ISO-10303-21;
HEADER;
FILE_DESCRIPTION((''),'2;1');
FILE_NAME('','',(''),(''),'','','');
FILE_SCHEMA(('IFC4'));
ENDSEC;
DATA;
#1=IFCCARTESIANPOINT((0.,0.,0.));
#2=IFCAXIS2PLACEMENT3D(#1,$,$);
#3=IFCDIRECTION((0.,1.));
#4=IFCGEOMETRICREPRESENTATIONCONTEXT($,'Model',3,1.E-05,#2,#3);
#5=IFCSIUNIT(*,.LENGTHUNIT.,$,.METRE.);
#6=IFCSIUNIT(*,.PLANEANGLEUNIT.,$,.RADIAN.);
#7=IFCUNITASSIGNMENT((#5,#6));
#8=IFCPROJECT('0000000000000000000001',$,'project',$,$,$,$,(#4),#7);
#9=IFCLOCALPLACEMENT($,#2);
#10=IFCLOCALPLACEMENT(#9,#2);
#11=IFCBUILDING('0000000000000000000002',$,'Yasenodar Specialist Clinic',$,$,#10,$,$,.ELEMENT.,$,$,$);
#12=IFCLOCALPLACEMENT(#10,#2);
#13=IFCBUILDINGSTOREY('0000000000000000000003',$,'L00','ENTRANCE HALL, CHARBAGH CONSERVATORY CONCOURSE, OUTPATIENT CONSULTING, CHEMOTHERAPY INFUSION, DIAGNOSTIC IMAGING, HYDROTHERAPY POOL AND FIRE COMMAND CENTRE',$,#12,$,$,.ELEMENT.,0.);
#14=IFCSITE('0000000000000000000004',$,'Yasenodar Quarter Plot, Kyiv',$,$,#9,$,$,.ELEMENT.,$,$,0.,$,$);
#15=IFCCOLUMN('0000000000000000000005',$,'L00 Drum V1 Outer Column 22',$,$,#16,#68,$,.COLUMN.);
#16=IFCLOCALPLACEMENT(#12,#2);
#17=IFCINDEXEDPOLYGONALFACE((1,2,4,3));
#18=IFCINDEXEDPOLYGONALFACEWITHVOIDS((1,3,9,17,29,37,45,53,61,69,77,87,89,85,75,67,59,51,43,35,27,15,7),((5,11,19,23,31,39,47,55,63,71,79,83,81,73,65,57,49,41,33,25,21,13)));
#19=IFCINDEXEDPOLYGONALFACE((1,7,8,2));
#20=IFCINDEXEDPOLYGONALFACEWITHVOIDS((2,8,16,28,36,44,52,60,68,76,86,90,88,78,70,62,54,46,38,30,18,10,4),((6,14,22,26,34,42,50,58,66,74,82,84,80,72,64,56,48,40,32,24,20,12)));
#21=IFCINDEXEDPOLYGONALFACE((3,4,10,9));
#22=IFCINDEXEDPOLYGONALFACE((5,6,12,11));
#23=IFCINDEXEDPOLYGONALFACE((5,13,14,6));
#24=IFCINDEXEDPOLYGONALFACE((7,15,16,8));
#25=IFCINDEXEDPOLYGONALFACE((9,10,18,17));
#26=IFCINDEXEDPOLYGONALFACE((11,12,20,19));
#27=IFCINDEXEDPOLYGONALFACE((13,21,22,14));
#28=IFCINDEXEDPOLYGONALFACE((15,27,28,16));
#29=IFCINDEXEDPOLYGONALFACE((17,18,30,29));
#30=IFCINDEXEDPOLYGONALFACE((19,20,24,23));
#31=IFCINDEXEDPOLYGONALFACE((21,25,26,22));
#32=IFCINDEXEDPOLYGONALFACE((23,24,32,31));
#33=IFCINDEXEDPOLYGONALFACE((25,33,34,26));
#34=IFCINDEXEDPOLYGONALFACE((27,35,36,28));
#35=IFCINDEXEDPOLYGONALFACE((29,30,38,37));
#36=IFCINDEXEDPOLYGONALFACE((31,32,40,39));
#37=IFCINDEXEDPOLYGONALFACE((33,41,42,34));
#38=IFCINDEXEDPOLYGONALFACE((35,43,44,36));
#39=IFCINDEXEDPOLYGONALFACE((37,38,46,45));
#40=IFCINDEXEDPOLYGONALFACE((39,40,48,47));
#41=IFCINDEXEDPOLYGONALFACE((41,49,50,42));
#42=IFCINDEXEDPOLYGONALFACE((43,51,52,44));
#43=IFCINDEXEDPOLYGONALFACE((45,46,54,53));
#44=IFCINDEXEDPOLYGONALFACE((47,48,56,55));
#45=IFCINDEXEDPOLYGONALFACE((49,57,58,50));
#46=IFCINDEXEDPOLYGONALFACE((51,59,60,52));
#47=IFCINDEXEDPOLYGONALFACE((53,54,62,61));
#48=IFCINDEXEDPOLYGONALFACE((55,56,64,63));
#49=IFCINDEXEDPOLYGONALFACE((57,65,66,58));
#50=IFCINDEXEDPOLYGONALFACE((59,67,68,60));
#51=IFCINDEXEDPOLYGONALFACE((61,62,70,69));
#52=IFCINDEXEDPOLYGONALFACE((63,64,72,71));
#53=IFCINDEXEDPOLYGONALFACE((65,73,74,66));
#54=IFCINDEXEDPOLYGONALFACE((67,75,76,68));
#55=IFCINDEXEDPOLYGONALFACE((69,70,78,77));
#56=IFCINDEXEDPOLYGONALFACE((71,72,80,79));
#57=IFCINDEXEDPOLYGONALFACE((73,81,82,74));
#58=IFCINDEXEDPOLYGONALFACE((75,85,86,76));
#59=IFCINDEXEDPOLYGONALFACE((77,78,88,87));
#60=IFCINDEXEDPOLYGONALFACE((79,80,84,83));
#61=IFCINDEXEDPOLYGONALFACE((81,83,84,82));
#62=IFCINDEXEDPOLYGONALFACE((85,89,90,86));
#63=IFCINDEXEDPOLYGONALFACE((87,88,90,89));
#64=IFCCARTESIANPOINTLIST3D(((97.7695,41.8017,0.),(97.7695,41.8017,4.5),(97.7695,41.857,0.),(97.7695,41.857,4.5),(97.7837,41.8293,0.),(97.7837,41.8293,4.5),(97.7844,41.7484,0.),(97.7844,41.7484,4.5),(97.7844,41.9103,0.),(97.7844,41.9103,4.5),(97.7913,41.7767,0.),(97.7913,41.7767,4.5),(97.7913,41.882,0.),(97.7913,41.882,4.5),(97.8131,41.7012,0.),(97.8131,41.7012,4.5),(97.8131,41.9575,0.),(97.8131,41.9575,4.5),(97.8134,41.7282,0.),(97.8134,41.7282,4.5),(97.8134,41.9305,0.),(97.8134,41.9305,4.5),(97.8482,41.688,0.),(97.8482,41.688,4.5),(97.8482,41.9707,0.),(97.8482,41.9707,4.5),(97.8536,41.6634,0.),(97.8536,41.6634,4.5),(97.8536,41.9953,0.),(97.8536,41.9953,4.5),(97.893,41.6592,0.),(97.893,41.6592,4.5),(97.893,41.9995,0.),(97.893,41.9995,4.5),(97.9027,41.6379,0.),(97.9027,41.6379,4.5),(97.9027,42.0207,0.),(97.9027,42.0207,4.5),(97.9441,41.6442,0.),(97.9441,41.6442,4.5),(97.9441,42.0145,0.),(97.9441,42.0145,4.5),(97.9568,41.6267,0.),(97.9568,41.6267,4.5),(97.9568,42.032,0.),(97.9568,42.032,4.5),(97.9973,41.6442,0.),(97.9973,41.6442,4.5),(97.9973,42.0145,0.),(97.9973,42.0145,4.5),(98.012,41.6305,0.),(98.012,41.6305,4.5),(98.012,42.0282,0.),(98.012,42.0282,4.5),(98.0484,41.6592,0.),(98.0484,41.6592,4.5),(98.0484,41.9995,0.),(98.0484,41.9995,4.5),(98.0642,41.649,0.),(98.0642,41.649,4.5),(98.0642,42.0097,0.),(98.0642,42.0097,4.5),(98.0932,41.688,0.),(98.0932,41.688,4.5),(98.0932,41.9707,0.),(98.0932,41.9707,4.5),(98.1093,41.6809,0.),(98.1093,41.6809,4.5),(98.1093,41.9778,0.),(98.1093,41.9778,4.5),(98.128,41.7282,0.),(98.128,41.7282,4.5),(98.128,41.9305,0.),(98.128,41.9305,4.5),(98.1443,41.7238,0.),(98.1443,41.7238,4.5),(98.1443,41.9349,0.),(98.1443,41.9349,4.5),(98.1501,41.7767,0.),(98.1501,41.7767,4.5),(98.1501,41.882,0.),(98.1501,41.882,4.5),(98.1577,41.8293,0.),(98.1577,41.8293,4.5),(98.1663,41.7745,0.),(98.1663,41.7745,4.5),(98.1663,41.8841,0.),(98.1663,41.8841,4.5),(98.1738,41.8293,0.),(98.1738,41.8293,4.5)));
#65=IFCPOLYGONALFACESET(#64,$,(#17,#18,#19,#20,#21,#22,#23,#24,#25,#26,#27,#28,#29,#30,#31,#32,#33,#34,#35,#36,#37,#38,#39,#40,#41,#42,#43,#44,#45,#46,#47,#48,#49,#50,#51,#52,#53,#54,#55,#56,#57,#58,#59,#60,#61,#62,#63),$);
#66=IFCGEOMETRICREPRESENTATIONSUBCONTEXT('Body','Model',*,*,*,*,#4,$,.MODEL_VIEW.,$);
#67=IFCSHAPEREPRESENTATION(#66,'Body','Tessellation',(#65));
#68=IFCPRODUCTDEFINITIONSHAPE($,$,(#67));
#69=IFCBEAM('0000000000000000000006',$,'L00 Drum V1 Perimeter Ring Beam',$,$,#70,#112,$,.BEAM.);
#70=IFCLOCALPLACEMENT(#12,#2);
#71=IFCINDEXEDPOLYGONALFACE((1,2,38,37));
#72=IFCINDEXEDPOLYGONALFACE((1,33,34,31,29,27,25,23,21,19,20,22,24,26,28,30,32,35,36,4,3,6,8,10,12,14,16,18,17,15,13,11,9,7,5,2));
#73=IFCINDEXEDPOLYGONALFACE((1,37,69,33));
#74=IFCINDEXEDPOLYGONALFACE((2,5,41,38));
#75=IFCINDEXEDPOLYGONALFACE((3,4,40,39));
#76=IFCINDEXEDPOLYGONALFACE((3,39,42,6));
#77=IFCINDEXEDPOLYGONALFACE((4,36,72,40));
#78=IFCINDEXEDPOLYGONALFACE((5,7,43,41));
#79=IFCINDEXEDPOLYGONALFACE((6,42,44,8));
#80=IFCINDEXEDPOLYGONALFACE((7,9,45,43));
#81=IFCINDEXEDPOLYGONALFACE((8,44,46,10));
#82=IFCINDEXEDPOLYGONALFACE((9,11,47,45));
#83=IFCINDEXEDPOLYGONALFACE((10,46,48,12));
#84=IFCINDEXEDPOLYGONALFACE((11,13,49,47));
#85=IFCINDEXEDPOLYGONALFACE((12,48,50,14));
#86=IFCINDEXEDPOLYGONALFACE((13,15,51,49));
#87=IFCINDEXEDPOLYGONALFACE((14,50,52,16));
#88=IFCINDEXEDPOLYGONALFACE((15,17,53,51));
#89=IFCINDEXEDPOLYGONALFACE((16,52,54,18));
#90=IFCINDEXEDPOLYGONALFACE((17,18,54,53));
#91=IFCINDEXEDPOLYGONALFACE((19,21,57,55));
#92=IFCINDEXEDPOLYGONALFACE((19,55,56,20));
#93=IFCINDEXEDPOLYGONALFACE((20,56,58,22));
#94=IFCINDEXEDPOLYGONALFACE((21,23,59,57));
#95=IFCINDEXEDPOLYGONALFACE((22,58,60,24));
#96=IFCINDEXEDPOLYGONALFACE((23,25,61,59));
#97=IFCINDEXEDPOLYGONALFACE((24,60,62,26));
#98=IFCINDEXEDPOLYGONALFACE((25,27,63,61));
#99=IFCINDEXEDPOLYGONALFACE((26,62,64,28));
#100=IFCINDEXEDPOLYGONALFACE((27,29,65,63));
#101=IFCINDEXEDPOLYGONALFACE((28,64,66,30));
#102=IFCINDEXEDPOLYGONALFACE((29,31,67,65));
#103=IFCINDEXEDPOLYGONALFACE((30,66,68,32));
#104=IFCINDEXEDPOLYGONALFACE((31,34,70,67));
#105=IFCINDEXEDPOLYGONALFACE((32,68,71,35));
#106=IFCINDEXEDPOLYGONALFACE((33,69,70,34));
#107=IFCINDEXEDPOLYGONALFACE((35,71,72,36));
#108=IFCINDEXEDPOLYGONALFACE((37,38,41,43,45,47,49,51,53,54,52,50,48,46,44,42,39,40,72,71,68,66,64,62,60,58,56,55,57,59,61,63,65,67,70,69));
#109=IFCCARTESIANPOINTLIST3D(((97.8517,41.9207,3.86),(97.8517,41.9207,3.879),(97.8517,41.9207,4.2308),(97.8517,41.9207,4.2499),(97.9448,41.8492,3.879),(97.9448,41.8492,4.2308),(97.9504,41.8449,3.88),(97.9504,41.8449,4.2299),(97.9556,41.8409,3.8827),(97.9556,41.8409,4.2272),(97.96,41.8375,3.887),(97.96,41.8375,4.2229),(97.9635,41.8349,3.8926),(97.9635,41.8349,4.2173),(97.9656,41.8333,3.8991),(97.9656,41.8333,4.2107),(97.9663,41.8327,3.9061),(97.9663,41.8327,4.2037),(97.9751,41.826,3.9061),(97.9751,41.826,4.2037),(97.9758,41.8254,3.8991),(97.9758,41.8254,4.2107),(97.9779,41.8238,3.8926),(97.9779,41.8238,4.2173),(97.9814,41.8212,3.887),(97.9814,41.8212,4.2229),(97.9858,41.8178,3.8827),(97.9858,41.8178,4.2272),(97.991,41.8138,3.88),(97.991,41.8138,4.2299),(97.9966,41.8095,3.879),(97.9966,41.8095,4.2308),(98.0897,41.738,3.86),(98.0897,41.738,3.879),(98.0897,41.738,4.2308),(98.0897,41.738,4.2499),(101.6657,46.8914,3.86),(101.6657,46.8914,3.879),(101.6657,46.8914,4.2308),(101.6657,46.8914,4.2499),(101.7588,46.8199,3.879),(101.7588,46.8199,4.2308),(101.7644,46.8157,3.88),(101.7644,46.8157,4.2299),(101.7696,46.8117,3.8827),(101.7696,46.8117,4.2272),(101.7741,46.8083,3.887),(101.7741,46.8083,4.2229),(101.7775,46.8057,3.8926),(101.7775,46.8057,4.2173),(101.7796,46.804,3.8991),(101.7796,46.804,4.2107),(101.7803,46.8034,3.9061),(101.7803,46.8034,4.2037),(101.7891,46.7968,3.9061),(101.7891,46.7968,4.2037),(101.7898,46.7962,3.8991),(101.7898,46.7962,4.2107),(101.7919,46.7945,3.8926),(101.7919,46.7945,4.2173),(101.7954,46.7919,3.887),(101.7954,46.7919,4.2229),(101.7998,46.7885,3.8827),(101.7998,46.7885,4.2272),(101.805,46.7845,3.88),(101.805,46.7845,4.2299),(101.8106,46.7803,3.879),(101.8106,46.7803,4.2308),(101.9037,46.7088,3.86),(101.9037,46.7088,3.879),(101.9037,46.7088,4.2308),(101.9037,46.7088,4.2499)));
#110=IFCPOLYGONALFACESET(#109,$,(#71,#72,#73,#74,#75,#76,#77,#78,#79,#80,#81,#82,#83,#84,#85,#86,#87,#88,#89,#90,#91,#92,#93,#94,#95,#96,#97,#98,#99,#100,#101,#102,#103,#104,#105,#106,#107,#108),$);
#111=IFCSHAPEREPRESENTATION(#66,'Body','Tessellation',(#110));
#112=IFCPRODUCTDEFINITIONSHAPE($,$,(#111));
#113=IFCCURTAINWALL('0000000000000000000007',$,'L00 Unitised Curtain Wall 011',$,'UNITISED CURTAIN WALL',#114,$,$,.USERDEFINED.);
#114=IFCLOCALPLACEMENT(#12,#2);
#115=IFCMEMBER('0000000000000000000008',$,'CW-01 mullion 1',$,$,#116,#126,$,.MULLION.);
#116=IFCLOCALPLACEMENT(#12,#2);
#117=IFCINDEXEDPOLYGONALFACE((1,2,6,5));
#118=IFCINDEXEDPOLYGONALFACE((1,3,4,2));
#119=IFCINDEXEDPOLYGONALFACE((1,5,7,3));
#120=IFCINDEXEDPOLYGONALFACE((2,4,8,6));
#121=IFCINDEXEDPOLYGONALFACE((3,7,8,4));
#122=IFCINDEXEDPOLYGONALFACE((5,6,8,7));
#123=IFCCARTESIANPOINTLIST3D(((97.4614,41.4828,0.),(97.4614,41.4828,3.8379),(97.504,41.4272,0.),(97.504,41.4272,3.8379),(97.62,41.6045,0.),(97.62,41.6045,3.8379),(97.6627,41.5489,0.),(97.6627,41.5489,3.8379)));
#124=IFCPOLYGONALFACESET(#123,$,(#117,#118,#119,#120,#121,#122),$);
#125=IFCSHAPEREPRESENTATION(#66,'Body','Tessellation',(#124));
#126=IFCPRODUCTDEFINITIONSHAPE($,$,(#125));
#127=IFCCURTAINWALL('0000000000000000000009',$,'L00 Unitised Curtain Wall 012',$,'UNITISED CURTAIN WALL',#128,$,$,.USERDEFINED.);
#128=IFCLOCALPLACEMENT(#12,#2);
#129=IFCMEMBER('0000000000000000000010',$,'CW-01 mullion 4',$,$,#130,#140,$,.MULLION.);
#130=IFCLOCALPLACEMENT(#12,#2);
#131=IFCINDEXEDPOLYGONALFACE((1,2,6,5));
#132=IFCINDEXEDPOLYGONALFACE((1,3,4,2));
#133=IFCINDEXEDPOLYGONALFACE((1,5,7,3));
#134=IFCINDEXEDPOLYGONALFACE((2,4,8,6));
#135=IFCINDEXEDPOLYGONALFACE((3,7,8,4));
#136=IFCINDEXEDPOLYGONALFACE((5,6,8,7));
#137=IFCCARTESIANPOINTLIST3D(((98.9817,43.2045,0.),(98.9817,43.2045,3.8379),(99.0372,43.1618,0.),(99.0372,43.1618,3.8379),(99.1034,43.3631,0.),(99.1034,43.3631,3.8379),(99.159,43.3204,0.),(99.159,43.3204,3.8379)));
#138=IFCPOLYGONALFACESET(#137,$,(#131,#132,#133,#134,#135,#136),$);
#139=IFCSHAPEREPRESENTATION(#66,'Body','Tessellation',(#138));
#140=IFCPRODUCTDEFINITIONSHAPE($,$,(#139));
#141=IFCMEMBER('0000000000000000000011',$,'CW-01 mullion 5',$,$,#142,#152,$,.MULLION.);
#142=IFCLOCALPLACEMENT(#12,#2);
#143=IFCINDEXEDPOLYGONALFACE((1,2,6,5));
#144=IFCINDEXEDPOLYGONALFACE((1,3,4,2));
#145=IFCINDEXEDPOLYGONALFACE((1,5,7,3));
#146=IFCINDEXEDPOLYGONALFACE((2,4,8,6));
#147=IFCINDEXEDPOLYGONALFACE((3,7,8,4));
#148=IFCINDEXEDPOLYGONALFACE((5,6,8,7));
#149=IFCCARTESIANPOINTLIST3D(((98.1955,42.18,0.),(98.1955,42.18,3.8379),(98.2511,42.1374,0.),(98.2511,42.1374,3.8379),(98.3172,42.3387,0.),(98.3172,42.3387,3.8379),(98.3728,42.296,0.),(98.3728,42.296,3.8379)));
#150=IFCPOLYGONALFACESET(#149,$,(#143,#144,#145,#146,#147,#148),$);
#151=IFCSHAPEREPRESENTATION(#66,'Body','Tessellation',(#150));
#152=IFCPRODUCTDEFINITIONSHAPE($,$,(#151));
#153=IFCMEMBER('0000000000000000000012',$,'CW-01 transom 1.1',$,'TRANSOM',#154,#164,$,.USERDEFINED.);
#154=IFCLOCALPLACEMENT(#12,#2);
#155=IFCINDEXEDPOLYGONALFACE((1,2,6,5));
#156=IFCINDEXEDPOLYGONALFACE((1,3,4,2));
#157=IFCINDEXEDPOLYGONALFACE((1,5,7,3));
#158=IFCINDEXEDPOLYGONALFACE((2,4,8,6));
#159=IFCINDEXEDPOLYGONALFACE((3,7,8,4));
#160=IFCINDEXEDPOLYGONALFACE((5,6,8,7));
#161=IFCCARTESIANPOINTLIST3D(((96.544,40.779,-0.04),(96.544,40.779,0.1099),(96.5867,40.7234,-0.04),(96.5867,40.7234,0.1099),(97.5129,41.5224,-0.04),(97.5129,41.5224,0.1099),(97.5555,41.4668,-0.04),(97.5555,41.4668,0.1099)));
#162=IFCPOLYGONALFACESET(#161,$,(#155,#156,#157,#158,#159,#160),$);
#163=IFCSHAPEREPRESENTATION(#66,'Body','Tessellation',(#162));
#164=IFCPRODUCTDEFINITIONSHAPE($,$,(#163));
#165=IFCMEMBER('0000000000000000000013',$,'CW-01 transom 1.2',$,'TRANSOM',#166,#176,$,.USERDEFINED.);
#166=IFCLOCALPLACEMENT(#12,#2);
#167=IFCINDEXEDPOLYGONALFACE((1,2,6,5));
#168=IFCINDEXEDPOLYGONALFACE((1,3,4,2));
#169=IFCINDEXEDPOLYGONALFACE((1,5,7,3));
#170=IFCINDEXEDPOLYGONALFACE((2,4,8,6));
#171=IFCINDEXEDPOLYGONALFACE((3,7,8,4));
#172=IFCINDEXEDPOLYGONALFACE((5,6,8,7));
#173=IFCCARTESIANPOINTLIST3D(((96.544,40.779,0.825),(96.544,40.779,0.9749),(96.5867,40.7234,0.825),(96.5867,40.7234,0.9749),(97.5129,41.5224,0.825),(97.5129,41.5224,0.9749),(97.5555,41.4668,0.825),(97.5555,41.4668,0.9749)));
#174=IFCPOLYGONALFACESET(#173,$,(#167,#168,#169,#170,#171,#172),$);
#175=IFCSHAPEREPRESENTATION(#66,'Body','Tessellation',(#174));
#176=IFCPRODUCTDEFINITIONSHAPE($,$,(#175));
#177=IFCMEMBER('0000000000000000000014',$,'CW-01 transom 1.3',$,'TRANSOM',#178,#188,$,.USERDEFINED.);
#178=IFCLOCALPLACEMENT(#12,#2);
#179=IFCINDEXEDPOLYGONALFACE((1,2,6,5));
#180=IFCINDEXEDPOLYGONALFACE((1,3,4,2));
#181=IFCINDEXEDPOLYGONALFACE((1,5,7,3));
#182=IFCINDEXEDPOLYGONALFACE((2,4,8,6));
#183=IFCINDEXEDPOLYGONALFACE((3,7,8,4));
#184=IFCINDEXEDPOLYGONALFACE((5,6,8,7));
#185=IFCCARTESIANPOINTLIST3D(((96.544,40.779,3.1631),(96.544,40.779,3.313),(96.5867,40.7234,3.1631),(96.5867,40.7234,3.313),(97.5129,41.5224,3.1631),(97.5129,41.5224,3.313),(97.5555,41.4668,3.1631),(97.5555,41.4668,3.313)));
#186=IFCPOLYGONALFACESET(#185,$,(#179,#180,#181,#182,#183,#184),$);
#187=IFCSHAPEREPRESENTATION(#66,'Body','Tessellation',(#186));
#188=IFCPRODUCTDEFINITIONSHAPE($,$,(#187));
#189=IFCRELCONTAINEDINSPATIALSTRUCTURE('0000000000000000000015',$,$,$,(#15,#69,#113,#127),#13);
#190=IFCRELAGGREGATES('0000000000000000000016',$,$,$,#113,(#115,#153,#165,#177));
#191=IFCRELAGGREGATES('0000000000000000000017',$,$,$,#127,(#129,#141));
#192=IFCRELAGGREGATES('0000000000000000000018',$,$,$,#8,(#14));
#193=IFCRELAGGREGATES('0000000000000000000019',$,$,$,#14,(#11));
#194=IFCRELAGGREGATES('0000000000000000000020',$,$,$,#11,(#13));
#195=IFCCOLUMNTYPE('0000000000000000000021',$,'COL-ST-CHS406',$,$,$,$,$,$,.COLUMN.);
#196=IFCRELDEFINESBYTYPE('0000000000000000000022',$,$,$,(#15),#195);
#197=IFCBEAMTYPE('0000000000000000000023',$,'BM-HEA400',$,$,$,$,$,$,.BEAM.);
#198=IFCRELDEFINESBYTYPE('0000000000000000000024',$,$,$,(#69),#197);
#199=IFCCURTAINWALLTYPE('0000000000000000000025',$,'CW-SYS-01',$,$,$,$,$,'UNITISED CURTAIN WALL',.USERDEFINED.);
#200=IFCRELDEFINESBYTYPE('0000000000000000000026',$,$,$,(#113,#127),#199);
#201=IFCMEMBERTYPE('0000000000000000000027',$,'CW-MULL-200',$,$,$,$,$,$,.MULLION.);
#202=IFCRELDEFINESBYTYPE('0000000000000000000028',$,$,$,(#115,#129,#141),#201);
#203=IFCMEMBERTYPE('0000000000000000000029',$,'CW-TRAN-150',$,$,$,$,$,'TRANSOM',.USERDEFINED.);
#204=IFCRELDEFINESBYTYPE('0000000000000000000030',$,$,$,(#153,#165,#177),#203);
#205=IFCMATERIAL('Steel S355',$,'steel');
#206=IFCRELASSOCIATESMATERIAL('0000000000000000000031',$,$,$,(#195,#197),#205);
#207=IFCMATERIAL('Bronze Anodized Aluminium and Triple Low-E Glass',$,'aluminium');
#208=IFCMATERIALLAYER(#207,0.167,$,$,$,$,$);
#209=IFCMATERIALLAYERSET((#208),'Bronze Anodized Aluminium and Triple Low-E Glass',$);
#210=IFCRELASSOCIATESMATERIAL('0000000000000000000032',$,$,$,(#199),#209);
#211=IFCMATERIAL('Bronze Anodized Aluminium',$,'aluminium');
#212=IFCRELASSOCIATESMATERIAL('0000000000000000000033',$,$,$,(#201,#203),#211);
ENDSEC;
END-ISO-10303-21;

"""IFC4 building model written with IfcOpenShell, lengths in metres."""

from ifc_helpers import new_model, si_unit, direction, frame, origin, origin_2d, place, context, subcontext, project, spatial, rectangle, hollow_circle, i_section, extrude, material, layer, layer_set, material_profile, profile_set, type_object, element, aggregate, save


model = new_model("IFC4")

# Units and contexts
model_context = context("Model", 3, precision=1e-05, world=origin(), true_north=direction((0.0, 1.0)))
body_context = subcontext(model_context, "Body", "Model", "MODEL_VIEW")
ifc_project = project(units=[si_unit("LENGTHUNIT", "METRE"), si_unit("PLANEANGLEUNIT", "RADIAN")], contexts=[model_context])

# Site, building, storey
site_placement = place(None, origin())
site = spatial("IfcSite", under=ifc_project, at=site_placement, Name="Yasenodar Quarter Plot, Kyiv", CompositionType="ELEMENT", RefElevation=0.0)
building_placement = place(site_placement, origin())
building = spatial("IfcBuilding", under=site, at=building_placement, Name="Yasenodar Specialist Clinic", CompositionType="ELEMENT")
storey_placement = place(building_placement, origin())
storey = spatial("IfcBuildingStorey", under=building, at=storey_placement, Name="L00", Description="ENTRANCE HALL, CHARBAGH CONSERVATORY CONCOURSE, OUTPATIENT CONSULTING, CHEMOTHERAPY INFUSION, DIAGNOSTIC IMAGING, HYDROTHERAPY POOL AND FIRE COMMAND CENTRE", CompositionType="ELEMENT", Elevation=0.0)

# Column
ifc_material_1 = material(Name="Steel S355", Category="steel")
ifc_material_profile_1 = material_profile(ifc_material_1, hollow_circle(Radius=0.2031, WallThickness=0.0161, at=origin_2d()), Name="CHS 406.4x16")
ifc_profile_set_1 = profile_set([ifc_material_profile_1], Name="Steel S355")
column_type = type_object("IfcColumnType", Name="COL-ST-CHS406", PredefinedType="COLUMN", material=ifc_profile_set_1)
column_placement = place(storey_placement, frame((97.9707, 41.8293, 0.0), z_axis=(0.0, 0.0, 1.0), x_axis=(1.0, 0.0, 0.0)))
element("IfcColumn", 1, at=column_placement, inside=storey, type_object=column_type, Name="L00 Drum V1 Outer Column 22", PredefinedType="COLUMN", context=body_context, shape_type="SweptSolid", body=[
    extrude(hollow_circle(Radius=0.2031, WallThickness=0.0161, at=origin_2d()), origin(), (0.0, 0.0, 1.0), 4.5),
])

# Beam
ifc_material_profile_2 = material_profile(ifc_material_1, i_section(OverallWidth=0.3, OverallDepth=0.3899, WebThickness=0.011, FlangeThickness=0.019, FilletRadius=0.0271, at=origin_2d()), Name="HEA 400")
ifc_profile_set_2 = profile_set([ifc_material_profile_2], Name="Steel S355")
beam_type = type_object("IfcBeamType", Name="BM-HEA400", PredefinedType="BEAM", material=ifc_profile_set_2)
beam_placement = place(storey_placement, frame((97.9707, 41.8293, 4.0549), z_axis=(0.608742, 0.793368, 0.0), x_axis=(-0.793368, 0.608742, 0.0)))
element("IfcBeam", 2, at=beam_placement, inside=storey, type_object=beam_type, Name="L00 Drum V1 Perimeter Ring Beam", PredefinedType="BEAM", context=body_context, shape_type="SweptSolid", body=[
    extrude(i_section(OverallWidth=0.3, OverallDepth=0.3899, WebThickness=0.011, FlangeThickness=0.019, FilletRadius=0.0271, at=origin_2d()), origin(), (0.0, 0.0, 1.0), 6.2654),
])

# Curtain wall, member
ifc_material_2 = material(Name="Bronze Anodized Aluminium and Triple Low-E Glass", Category="aluminium")
ifc_layer_1 = layer(ifc_material_2, 0.167)
ifc_layer_set_1 = layer_set([ifc_layer_1], Name="Bronze Anodized Aluminium and Triple Low-E Glass")
curtain_wall_type = type_object("IfcCurtainWallType", Name="CW-SYS-01", ElementType="UNITISED CURTAIN WALL", PredefinedType="USERDEFINED", material=ifc_layer_set_1)
curtain_wall_1_placement = place(storey_placement, origin())
curtain_wall_1 = element("IfcCurtainWall", 3, at=curtain_wall_1_placement, inside=storey, type_object=curtain_wall_type, Name="L00 Unitised Curtain Wall 011", ObjectType="UNITISED CURTAIN WALL", PredefinedType="USERDEFINED")
ifc_material_3 = material(Name="Bronze Anodized Aluminium", Category="aluminium")
ifc_material_profile_3 = material_profile(ifc_material_3, rectangle(XDim=0.0701, YDim=0.2, at=origin_2d()), Name="CW-MULL 70x200")
ifc_profile_set_3 = profile_set([ifc_material_profile_3], Name="Bronze Anodized Aluminium")
member_type_1 = type_object("IfcMemberType", Name="CW-MULL-200", PredefinedType="MULLION", material=ifc_profile_set_3)
member_1_placement = place(storey_placement, frame((97.562, 41.5159, 0.0), z_axis=(0.0, 0.0, 1.0), x_axis=(0.608752, -0.793361, 0.0)))
member_1 = element("IfcMember", 4, at=member_1_placement, type_object=member_type_1, Name="CW-01 mullion 1", PredefinedType="MULLION", context=body_context, shape_type="SweptSolid", body=[
    extrude(rectangle(XDim=0.0701, YDim=0.2, at=origin_2d()), origin(), (0.0, 0.0, 1.0), 3.8379),
])

# Curtain wall, members
curtain_wall_2_placement = place(storey_placement, origin())
curtain_wall_2 = element("IfcCurtainWall", 5, at=curtain_wall_2_placement, inside=storey, type_object=curtain_wall_type, Name="L00 Unitised Curtain Wall 012", ObjectType="UNITISED CURTAIN WALL", PredefinedType="USERDEFINED")
member_2_placement = place(storey_placement, frame((99.0703, 43.2625, 0.0), z_axis=(0.0, 0.0, 1.0), x_axis=(0.793361, -0.608752, 0.0)))
member_2 = element("IfcMember", 6, at=member_2_placement, type_object=member_type_1, Name="CW-01 mullion 4", PredefinedType="MULLION", context=body_context, shape_type="SweptSolid", body=[
    extrude(rectangle(XDim=0.0701, YDim=0.2, at=origin_2d()), origin(), (0.0, 0.0, 1.0), 3.8379),
])
member_3_placement = place(storey_placement, frame((98.2842, 42.238, 0.0), z_axis=(0.0, 0.0, 1.0), x_axis=(0.793361, -0.608752, 0.0)))
member_3 = element("IfcMember", 7, at=member_3_placement, type_object=member_type_1, Name="CW-01 mullion 5", PredefinedType="MULLION", context=body_context, shape_type="SweptSolid", body=[
    extrude(rectangle(XDim=0.0701, YDim=0.2, at=origin_2d()), origin(), (0.0, 0.0, 1.0), 3.8379),
])

# Members
ifc_material_profile_4 = material_profile(ifc_material_3, rectangle(XDim=0.0701, YDim=0.1499, at=origin_2d()), Name="CW-TRAN 70x150")
ifc_profile_set_4 = profile_set([ifc_material_profile_4], Name="Bronze Anodized Aluminium")
member_type_2 = type_object("IfcMemberType", Name="CW-TRAN-150", ElementType="TRANSOM", PredefinedType="USERDEFINED", material=ifc_profile_set_4)
member_4_placement = place(storey_placement, frame((97.5342, 41.4946, 0.0349), z_axis=(-0.79333, -0.608792, 0.0), x_axis=(0.608792, -0.79333, 0.0)))
member_4 = element("IfcMember", 8, at=member_4_placement, type_object=member_type_2, Name="CW-01 transom 1.1", ObjectType="TRANSOM", PredefinedType="USERDEFINED", context=body_context, shape_type="SweptSolid", body=[
    extrude(rectangle(XDim=0.0701, YDim=0.1499, at=origin_2d()), origin(), (0.0, 0.0, 1.0), 1.2212),
])
member_5_placement = place(storey_placement, frame((97.5342, 41.4946, 0.8999), z_axis=(-0.79333, -0.608792, 0.0), x_axis=(0.608792, -0.79333, 0.0)))
member_5 = element("IfcMember", 9, at=member_5_placement, type_object=member_type_2, Name="CW-01 transom 1.2", ObjectType="TRANSOM", PredefinedType="USERDEFINED", context=body_context, shape_type="SweptSolid", body=[
    extrude(rectangle(XDim=0.0701, YDim=0.1499, at=origin_2d()), origin(), (0.0, 0.0, 1.0), 1.2212),
])
member_6_placement = place(storey_placement, frame((97.5342, 41.4946, 3.238), z_axis=(-0.79333, -0.608792, 0.0), x_axis=(0.608792, -0.79333, 0.0)))
member_6 = element("IfcMember", 10, at=member_6_placement, type_object=member_type_2, Name="CW-01 transom 1.3", ObjectType="TRANSOM", PredefinedType="USERDEFINED", context=body_context, shape_type="SweptSolid", body=[
    extrude(rectangle(XDim=0.0701, YDim=0.1499, at=origin_2d()), origin(), (0.0, 0.0, 1.0), 1.2212),
])
aggregate(curtain_wall_1, [member_1, member_4, member_5, member_6])

aggregate(curtain_wall_2, [member_2, member_3])

save(model, "model.ifc")
